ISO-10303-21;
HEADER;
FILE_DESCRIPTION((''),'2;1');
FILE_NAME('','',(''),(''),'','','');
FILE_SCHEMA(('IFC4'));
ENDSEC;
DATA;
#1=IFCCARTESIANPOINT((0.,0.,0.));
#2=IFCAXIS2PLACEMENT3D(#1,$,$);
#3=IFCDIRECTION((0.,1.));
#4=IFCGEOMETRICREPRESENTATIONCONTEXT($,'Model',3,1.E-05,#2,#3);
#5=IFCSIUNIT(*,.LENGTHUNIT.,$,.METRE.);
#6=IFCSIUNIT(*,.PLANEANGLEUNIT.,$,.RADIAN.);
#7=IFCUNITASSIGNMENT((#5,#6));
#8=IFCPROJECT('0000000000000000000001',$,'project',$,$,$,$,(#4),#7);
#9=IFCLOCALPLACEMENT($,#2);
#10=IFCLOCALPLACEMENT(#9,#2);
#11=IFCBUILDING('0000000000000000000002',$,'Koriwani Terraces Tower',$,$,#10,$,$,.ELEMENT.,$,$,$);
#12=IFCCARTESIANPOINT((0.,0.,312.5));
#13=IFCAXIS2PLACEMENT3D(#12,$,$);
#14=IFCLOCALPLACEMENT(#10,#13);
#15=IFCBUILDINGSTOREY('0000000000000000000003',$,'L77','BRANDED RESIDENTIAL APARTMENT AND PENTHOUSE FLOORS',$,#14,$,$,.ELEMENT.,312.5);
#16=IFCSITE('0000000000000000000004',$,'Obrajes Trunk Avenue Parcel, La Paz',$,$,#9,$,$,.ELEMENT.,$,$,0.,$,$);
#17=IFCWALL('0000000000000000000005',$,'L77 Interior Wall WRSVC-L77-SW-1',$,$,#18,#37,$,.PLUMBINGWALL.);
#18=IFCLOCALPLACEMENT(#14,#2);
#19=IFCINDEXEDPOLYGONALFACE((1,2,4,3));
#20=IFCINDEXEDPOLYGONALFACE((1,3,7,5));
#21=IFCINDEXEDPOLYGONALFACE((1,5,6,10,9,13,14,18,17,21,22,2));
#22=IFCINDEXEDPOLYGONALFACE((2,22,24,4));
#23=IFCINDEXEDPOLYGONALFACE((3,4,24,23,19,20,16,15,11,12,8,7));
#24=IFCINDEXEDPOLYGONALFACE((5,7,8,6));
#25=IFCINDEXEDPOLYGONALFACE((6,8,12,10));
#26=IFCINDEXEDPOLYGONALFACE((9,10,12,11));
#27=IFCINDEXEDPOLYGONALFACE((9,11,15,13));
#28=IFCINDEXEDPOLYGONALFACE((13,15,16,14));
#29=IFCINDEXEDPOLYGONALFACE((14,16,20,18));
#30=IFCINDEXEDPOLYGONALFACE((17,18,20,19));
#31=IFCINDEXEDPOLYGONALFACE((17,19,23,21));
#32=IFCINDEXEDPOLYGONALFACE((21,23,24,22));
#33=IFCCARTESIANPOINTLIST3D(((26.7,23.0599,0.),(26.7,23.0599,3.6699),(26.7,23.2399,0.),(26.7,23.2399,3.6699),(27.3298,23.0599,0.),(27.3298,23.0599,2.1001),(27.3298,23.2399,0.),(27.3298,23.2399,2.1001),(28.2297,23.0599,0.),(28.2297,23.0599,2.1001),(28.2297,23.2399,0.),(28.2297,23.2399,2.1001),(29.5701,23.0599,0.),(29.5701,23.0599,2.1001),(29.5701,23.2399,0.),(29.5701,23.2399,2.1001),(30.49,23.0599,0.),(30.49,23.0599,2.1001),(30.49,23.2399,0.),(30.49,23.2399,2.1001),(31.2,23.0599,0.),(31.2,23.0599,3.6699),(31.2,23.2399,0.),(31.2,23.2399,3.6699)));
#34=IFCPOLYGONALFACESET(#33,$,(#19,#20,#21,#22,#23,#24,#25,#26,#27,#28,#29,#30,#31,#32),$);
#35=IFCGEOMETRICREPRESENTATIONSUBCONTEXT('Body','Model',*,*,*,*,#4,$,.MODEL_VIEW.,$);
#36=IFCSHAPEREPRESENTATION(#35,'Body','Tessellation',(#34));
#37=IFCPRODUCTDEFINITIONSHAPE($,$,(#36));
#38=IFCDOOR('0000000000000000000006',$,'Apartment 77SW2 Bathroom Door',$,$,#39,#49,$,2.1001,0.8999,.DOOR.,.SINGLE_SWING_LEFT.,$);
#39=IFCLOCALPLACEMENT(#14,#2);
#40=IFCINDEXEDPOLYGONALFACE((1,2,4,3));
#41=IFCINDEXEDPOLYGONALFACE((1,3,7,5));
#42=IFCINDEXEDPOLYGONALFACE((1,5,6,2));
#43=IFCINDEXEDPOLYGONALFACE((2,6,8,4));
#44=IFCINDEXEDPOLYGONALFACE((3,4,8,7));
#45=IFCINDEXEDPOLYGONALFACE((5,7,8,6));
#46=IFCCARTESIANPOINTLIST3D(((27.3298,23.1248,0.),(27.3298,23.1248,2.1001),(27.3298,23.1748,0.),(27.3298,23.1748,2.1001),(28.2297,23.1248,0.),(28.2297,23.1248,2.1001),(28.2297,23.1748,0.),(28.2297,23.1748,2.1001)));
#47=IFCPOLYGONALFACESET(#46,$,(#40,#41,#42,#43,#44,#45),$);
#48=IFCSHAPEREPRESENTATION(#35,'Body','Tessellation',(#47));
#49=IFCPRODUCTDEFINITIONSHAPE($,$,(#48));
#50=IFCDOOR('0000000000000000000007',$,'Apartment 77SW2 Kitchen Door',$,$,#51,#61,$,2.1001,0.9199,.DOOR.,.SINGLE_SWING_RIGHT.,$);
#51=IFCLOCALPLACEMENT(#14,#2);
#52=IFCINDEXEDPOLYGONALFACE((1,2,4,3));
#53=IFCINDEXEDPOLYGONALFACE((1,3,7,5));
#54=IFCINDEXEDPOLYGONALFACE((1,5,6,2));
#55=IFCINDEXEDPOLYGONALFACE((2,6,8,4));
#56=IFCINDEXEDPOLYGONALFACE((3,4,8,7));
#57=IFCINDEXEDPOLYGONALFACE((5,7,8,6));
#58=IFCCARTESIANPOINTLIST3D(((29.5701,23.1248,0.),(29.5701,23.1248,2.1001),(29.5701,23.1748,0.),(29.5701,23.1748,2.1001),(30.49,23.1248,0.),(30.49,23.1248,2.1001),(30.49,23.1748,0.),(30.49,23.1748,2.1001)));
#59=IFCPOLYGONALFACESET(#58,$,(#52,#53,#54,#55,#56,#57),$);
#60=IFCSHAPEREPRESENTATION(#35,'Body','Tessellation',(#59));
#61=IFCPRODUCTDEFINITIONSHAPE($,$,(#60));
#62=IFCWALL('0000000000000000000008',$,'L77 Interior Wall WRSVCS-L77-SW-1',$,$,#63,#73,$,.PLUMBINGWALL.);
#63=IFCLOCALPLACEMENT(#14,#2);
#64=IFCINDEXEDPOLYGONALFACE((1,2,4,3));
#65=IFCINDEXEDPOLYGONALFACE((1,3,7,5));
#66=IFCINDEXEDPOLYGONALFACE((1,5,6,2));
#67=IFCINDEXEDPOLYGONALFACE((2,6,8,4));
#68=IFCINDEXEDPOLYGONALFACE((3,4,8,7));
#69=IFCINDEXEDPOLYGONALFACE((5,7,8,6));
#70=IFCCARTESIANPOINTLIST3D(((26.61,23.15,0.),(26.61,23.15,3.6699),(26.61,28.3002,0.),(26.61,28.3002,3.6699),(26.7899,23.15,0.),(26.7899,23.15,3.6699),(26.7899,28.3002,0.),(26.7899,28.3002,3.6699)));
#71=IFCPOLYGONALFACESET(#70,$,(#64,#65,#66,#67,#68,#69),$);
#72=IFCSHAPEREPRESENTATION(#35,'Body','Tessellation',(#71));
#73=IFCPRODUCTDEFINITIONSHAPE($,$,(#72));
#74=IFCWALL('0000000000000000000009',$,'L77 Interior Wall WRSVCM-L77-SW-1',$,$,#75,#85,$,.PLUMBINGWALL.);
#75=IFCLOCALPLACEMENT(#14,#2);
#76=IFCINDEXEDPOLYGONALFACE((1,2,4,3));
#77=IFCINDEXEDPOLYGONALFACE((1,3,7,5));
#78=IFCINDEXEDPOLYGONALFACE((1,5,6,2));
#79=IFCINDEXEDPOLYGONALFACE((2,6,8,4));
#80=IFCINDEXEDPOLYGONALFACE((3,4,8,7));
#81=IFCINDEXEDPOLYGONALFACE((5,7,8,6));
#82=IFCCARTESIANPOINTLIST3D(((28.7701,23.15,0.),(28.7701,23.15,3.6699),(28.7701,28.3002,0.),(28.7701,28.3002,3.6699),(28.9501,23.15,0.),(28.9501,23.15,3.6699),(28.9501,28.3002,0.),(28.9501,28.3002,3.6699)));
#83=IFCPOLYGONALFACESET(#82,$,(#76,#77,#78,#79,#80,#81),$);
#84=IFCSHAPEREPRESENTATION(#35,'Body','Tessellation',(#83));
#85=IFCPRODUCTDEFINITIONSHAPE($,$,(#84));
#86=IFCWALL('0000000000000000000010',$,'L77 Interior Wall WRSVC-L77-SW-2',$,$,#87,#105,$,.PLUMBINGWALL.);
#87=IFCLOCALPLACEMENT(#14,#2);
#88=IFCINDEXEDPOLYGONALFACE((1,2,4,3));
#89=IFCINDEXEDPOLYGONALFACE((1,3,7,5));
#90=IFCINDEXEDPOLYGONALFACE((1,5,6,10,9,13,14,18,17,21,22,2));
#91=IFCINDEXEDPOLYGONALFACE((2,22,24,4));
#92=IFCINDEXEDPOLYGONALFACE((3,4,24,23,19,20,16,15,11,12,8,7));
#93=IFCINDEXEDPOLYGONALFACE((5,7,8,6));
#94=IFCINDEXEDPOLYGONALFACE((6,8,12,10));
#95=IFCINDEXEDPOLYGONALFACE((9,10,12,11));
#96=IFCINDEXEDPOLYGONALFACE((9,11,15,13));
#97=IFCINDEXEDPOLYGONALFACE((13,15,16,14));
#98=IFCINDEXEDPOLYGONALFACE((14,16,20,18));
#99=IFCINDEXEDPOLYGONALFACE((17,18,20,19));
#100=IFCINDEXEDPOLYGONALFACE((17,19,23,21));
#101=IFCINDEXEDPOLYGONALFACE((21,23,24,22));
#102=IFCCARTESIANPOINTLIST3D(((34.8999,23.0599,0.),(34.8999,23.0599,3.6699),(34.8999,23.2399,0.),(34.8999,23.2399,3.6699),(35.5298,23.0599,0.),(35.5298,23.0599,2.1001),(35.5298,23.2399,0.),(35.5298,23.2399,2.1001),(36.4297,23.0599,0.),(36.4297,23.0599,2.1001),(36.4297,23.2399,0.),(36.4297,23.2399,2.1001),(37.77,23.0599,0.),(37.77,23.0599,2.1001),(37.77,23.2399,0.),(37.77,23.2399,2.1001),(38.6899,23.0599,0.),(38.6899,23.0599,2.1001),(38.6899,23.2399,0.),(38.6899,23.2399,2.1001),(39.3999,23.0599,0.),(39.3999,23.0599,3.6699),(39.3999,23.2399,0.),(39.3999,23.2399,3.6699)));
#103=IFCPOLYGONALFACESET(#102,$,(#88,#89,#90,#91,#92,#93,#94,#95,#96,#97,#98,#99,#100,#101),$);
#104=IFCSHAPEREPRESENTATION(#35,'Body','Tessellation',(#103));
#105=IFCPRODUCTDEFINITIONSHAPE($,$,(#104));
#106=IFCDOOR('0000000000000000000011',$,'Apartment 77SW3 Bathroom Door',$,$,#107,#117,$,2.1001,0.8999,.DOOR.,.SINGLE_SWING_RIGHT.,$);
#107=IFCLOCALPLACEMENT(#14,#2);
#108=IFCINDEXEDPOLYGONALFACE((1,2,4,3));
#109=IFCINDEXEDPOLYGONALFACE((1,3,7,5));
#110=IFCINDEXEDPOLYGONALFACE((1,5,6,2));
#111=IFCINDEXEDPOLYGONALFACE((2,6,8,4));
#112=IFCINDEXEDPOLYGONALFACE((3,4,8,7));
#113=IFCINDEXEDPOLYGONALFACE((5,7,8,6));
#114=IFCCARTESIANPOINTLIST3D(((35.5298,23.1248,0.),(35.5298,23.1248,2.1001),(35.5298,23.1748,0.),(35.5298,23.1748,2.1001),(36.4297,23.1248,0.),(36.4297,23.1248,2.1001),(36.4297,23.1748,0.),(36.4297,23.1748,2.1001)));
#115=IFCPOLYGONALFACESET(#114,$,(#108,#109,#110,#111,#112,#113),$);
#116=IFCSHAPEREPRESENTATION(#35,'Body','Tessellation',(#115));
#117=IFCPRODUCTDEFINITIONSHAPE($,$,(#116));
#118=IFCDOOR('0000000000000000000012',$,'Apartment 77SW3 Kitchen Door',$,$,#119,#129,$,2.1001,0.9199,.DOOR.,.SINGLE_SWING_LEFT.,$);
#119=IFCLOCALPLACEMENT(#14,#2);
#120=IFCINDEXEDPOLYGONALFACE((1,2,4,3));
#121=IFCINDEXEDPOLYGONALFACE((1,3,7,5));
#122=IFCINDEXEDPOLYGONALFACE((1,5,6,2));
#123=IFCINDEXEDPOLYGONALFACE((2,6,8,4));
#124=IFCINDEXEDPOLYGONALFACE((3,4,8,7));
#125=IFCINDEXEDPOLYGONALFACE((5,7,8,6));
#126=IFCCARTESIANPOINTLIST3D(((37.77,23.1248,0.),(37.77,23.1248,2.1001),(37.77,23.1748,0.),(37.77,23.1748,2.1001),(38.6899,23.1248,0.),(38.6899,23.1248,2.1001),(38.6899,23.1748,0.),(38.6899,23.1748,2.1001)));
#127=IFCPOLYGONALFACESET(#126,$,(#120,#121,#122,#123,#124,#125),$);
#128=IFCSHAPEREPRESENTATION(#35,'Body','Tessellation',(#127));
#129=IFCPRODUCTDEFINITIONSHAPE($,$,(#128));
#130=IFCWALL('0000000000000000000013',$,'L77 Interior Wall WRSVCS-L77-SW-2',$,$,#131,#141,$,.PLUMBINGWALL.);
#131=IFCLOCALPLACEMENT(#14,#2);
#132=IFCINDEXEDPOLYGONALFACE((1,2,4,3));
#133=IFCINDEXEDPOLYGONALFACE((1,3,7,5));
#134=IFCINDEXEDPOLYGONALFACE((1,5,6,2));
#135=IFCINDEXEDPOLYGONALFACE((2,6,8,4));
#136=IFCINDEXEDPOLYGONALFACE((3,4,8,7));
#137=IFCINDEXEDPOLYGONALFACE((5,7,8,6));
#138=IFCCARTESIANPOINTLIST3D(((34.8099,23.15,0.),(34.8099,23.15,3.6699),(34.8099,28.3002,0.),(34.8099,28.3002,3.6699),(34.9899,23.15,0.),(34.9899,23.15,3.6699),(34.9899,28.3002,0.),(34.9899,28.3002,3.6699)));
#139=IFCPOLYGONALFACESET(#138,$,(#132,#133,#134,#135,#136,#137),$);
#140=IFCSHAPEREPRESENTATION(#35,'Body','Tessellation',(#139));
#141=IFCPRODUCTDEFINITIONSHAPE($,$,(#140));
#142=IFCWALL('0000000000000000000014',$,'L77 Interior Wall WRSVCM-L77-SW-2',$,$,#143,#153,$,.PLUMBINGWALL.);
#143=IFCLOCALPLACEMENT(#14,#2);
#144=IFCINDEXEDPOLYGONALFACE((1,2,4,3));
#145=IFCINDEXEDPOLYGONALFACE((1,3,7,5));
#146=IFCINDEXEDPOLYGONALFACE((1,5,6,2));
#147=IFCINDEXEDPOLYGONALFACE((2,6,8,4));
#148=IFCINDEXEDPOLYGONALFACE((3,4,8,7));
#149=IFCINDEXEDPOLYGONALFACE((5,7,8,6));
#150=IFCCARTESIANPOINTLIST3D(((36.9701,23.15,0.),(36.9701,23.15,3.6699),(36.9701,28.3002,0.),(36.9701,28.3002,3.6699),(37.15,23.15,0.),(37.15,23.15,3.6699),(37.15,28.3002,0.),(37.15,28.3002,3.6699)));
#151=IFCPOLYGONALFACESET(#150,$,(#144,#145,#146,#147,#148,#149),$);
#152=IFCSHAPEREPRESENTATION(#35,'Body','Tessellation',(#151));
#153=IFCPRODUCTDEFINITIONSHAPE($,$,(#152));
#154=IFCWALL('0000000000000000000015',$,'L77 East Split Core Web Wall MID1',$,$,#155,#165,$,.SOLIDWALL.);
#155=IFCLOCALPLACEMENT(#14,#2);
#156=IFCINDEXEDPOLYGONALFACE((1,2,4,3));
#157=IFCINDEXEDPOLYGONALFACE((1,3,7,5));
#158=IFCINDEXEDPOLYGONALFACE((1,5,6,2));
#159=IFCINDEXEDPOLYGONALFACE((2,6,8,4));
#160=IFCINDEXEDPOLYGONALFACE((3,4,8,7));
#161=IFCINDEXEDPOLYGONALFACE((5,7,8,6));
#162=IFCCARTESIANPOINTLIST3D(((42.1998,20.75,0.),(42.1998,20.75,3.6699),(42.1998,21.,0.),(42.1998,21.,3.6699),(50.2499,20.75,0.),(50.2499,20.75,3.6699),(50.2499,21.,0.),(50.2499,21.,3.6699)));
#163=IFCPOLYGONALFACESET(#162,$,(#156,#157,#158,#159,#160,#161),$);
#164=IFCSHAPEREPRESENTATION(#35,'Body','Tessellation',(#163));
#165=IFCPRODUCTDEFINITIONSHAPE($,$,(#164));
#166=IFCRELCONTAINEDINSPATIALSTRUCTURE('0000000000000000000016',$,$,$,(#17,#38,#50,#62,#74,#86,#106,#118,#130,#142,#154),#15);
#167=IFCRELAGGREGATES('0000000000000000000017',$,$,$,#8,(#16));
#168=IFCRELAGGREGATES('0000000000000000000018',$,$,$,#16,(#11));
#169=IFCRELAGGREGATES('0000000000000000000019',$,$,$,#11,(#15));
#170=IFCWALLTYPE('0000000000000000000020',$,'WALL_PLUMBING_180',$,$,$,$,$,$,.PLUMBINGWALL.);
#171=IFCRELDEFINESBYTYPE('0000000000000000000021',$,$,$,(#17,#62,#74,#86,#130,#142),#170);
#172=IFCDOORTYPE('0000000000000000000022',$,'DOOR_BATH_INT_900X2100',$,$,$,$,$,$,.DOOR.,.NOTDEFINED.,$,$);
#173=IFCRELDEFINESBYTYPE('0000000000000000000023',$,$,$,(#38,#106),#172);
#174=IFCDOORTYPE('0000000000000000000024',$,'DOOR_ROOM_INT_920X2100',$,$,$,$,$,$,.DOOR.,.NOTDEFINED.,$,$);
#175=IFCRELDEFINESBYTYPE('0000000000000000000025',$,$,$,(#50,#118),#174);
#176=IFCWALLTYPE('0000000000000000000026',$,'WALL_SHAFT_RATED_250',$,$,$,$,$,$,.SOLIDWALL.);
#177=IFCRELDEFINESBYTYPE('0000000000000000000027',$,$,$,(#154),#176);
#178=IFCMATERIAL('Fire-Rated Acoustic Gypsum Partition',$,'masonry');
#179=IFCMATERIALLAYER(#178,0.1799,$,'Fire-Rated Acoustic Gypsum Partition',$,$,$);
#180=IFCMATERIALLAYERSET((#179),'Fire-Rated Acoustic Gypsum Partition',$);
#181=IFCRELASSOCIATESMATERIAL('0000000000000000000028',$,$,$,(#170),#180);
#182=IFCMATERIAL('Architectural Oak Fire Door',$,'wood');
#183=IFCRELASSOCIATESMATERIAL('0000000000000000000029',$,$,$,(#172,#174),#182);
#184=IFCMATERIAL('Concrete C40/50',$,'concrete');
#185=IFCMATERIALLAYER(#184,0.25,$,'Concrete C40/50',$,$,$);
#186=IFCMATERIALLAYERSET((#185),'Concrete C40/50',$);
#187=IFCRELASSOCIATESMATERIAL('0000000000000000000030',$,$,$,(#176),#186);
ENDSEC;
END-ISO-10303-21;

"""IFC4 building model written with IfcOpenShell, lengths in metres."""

from ifc_helpers import new_model, si_unit, direction, frame, frame_2d, origin, place, context, subcontext, project, spatial, rectangle, extrude, material, layer, layer_set, type_object, element, fill, save


model = new_model("IFC4")

# Units and contexts
model_context = context("Model", 3, precision=1e-05, world=origin(), true_north=direction((0.0, 1.0)))
body_context = subcontext(model_context, "Body", "Model", "MODEL_VIEW")
ifc_project = project(units=[si_unit("LENGTHUNIT", "METRE"), si_unit("PLANEANGLEUNIT", "RADIAN")], contexts=[model_context])

# Site, building, storey
site_placement = place(None, origin())
site = spatial("IfcSite", under=ifc_project, at=site_placement, Name="Obrajes Trunk Avenue Parcel, La Paz", CompositionType="ELEMENT", RefElevation=0.0)
building_placement = place(site_placement, origin())
building = spatial("IfcBuilding", under=site, at=building_placement, Name="Koriwani Terraces Tower", CompositionType="ELEMENT")
storey_placement = place(building_placement, frame((0.0, 0.0, 312.5)))
storey = spatial("IfcBuildingStorey", under=building, at=storey_placement, Name="L77", Description="BRANDED RESIDENTIAL APARTMENT AND PENTHOUSE FLOORS", CompositionType="ELEMENT", Elevation=312.5)

# Shared definitions
ifc_material_1 = material(Name="Concrete C40/50", Category="concrete")

# Wall, openings, doors
ifc_material_2 = material(Name="Fire-Rated Acoustic Gypsum Partition", Category="masonry")
ifc_layer_1 = layer(ifc_material_2, 0.1799, Name="Fire-Rated Acoustic Gypsum Partition")
ifc_layer_set_1 = layer_set([ifc_layer_1], Name="Fire-Rated Acoustic Gypsum Partition")
wall_type_1 = type_object("IfcWallType", Name="WALL_PLUMBING_180", PredefinedType="PLUMBINGWALL", material=ifc_layer_set_1)
wall_1_placement = place(storey_placement, frame((26.7, 23.1499, 0.0), z_axis=(0.0, 0.0, 1.0), x_axis=(1.0, 0.0, 0.0)))
wall_1 = element("IfcWall", 1, at=wall_1_placement, inside=storey, type_object=wall_type_1, Name="L77 Interior Wall WRSVC-L77-SW-1", PredefinedType="PLUMBINGWALL", context=body_context, shape_type="SweptSolid", body=[
    extrude(rectangle(XDim=4.5, YDim=0.1799, at=frame_2d((2.25, 0.0))), origin(), (0.0, 0.0, 1.0), 3.6699),
])
opening_1_placement = place(wall_1_placement, frame((0.6299, 0.0, 0.0)))
opening_1 = element("IfcOpeningElement", 2, at=opening_1_placement, cuts=wall_1, PredefinedType="OPENING", context=body_context, shape_type="SweptSolid", body=[
    extrude(rectangle(XDim=0.8999, YDim=2.1001, at=frame_2d((0.45, 1.05))), frame((0.0, 0.1001, 0.0), z_axis=(0.0, -1.0, 0.0), x_axis=(1.0, 0.0, 0.0)), (0.0, 0.0, 1.0), 0.2),
])
opening_2_placement = place(wall_1_placement, frame((2.8701, 0.0, 0.0)))
opening_2 = element("IfcOpeningElement", 3, at=opening_2_placement, cuts=wall_1, PredefinedType="OPENING", context=body_context, shape_type="SweptSolid", body=[
    extrude(rectangle(XDim=0.9199, YDim=2.1001, at=frame_2d((0.46, 1.05))), frame((0.0, 0.1001, 0.0), z_axis=(0.0, -1.0, 0.0), x_axis=(1.0, 0.0, 0.0)), (0.0, 0.0, 1.0), 0.2),
])
ifc_material_3 = material(Name="Architectural Oak Fire Door", Category="wood")
door_type_1 = type_object("IfcDoorType", Name="DOOR_BATH_INT_900X2100", OperationType="NOTDEFINED", PredefinedType="DOOR", material=ifc_material_3)
door_1_placement = place(opening_1_placement, origin())
door_1 = element("IfcDoor", 4, at=door_1_placement, inside=storey, type_object=door_type_1, Name="Apartment 77SW2 Bathroom Door", OperationType="SINGLE_SWING_LEFT", OverallHeight=2.1001, OverallWidth=0.8999, PredefinedType="DOOR", context=body_context, shape_type="SweptSolid", body=[
    extrude(rectangle(XDim=0.8999, YDim=2.1001, at=frame_2d((0.45, 1.05))), frame((0.0, 0.0249, 0.0), z_axis=(0.0, -1.0, 0.0), x_axis=(1.0, 0.0, 0.0)), (0.0, 0.0, 1.0), 0.05),
])
fill(opening_1, door_1)
door_type_2 = type_object("IfcDoorType", Name="DOOR_ROOM_INT_920X2100", OperationType="NOTDEFINED", PredefinedType="DOOR", material=ifc_material_3)
door_2_placement = place(opening_2_placement, origin())
door_2 = element("IfcDoor", 5, at=door_2_placement, inside=storey, type_object=door_type_2, Name="Apartment 77SW2 Kitchen Door", OperationType="SINGLE_SWING_RIGHT", OverallHeight=2.1001, OverallWidth=0.9199, PredefinedType="DOOR", context=body_context, shape_type="SweptSolid", body=[
    extrude(rectangle(XDim=0.9199, YDim=2.1001, at=frame_2d((0.46, 1.05))), frame((0.0, 0.0249, 0.0), z_axis=(0.0, -1.0, 0.0), x_axis=(1.0, 0.0, 0.0)), (0.0, 0.0, 1.0), 0.05),
])
fill(opening_2, door_2)

# Walls
for number, where, z_axis, x_axis, name in (
    (6, (26.7, 23.1499, 0.0), (0.0, 0.0, 1.0), (0.0, 1.0, 0.0), "L77 Interior Wall WRSVCS-L77-SW-1"),
    (7, (28.8601, 23.1499, 0.0), (0.0, 0.0, 1.0), (0.0, 1.0, 0.0), "L77 Interior Wall WRSVCM-L77-SW-1"),
):
    element("IfcWall", number, at=place(storey_placement, frame(where, z_axis=z_axis, x_axis=x_axis)), inside=storey, type_object=wall_type_1, Name=name, PredefinedType="PLUMBINGWALL", context=body_context, shape_type="SweptSolid", body=[
        extrude(rectangle(XDim=5.1501, YDim=0.1799, at=frame_2d((2.5752, 0.0))), origin(), (0.0, 0.0, 1.0), 3.6699),
    ])

# Wall, openings, doors
wall_2_placement = place(storey_placement, frame((34.8999, 23.1499, 0.0), z_axis=(0.0, 0.0, 1.0), x_axis=(1.0, 0.0, 0.0)))
wall_2 = element("IfcWall", 8, at=wall_2_placement, inside=storey, type_object=wall_type_1, Name="L77 Interior Wall WRSVC-L77-SW-2", PredefinedType="PLUMBINGWALL", context=body_context, shape_type="SweptSolid", body=[
    extrude(rectangle(XDim=4.5, YDim=0.1799, at=frame_2d((2.25, 0.0))), origin(), (0.0, 0.0, 1.0), 3.6699),
])
opening_3_placement = place(wall_2_placement, frame((0.6299, 0.0, 0.0)))
opening_3 = element("IfcOpeningElement", 9, at=opening_3_placement, cuts=wall_2, PredefinedType="OPENING", context=body_context, shape_type="SweptSolid", body=[
    extrude(rectangle(XDim=0.8999, YDim=2.1001, at=frame_2d((0.45, 1.05))), frame((0.0, 0.1001, 0.0), z_axis=(0.0, -1.0, 0.0), x_axis=(1.0, 0.0, 0.0)), (0.0, 0.0, 1.0), 0.2),
])
opening_4_placement = place(wall_2_placement, frame((2.8701, 0.0, 0.0)))
opening_4 = element("IfcOpeningElement", 10, at=opening_4_placement, cuts=wall_2, PredefinedType="OPENING", context=body_context, shape_type="SweptSolid", body=[
    extrude(rectangle(XDim=0.9199, YDim=2.1001, at=frame_2d((0.46, 1.05))), frame((0.0, 0.1001, 0.0), z_axis=(0.0, -1.0, 0.0), x_axis=(1.0, 0.0, 0.0)), (0.0, 0.0, 1.0), 0.2),
])
door_3_placement = place(opening_3_placement, origin())
door_3 = element("IfcDoor", 11, at=door_3_placement, inside=storey, type_object=door_type_1, Name="Apartment 77SW3 Bathroom Door", OperationType="SINGLE_SWING_RIGHT", OverallHeight=2.1001, OverallWidth=0.8999, PredefinedType="DOOR", context=body_context, shape_type="SweptSolid", body=[
    extrude(rectangle(XDim=0.8999, YDim=2.1001, at=frame_2d((0.45, 1.05))), frame((0.0, 0.0249, 0.0), z_axis=(0.0, -1.0, 0.0), x_axis=(1.0, 0.0, 0.0)), (0.0, 0.0, 1.0), 0.05),
])
fill(opening_3, door_3)
door_4_placement = place(opening_4_placement, origin())
door_4 = element("IfcDoor", 12, at=door_4_placement, inside=storey, type_object=door_type_2, Name="Apartment 77SW3 Kitchen Door", OperationType="SINGLE_SWING_LEFT", OverallHeight=2.1001, OverallWidth=0.9199, PredefinedType="DOOR", context=body_context, shape_type="SweptSolid", body=[
    extrude(rectangle(XDim=0.9199, YDim=2.1001, at=frame_2d((0.46, 1.05))), frame((0.0, 0.0249, 0.0), z_axis=(0.0, -1.0, 0.0), x_axis=(1.0, 0.0, 0.0)), (0.0, 0.0, 1.0), 0.05),
])
fill(opening_4, door_4)

# Walls
for number, where, z_axis, x_axis, name in (
    (13, (34.8999, 23.1499, 0.0), (0.0, 0.0, 1.0), (0.0, 1.0, 0.0), "L77 Interior Wall WRSVCS-L77-SW-2"),
    (14, (37.0601, 23.1499, 0.0), (0.0, 0.0, 1.0), (0.0, 1.0, 0.0), "L77 Interior Wall WRSVCM-L77-SW-2"),
):
    element("IfcWall", number, at=place(storey_placement, frame(where, z_axis=z_axis, x_axis=x_axis)), inside=storey, type_object=wall_type_1, Name=name, PredefinedType="PLUMBINGWALL", context=body_context, shape_type="SweptSolid", body=[
        extrude(rectangle(XDim=5.1501, YDim=0.1799, at=frame_2d((2.5752, 0.0))), origin(), (0.0, 0.0, 1.0), 3.6699),
    ])
ifc_layer_2 = layer(ifc_material_1, 0.25, Name="Concrete C40/50")
ifc_layer_set_2 = layer_set([ifc_layer_2], Name="Concrete C40/50")
wall_type_2 = type_object("IfcWallType", Name="WALL_SHAFT_RATED_250", PredefinedType="SOLIDWALL", material=ifc_layer_set_2)
wall_3_placement = place(storey_placement, frame((42.2, 20.875, 0.0), z_axis=(0.0, 0.0, 1.0), x_axis=(1.0, 0.0, 0.0)))
element("IfcWall", 15, at=wall_3_placement, inside=storey, type_object=wall_type_2, Name="L77 East Split Core Web Wall MID1", PredefinedType="SOLIDWALL", context=body_context, shape_type="SweptSolid", body=[
    extrude(rectangle(XDim=8.05, YDim=0.25, at=frame_2d((4.0249, 0.0))), origin(), (0.0, 0.0, 1.0), 3.6699),
])

save(model, "model.ifc")
